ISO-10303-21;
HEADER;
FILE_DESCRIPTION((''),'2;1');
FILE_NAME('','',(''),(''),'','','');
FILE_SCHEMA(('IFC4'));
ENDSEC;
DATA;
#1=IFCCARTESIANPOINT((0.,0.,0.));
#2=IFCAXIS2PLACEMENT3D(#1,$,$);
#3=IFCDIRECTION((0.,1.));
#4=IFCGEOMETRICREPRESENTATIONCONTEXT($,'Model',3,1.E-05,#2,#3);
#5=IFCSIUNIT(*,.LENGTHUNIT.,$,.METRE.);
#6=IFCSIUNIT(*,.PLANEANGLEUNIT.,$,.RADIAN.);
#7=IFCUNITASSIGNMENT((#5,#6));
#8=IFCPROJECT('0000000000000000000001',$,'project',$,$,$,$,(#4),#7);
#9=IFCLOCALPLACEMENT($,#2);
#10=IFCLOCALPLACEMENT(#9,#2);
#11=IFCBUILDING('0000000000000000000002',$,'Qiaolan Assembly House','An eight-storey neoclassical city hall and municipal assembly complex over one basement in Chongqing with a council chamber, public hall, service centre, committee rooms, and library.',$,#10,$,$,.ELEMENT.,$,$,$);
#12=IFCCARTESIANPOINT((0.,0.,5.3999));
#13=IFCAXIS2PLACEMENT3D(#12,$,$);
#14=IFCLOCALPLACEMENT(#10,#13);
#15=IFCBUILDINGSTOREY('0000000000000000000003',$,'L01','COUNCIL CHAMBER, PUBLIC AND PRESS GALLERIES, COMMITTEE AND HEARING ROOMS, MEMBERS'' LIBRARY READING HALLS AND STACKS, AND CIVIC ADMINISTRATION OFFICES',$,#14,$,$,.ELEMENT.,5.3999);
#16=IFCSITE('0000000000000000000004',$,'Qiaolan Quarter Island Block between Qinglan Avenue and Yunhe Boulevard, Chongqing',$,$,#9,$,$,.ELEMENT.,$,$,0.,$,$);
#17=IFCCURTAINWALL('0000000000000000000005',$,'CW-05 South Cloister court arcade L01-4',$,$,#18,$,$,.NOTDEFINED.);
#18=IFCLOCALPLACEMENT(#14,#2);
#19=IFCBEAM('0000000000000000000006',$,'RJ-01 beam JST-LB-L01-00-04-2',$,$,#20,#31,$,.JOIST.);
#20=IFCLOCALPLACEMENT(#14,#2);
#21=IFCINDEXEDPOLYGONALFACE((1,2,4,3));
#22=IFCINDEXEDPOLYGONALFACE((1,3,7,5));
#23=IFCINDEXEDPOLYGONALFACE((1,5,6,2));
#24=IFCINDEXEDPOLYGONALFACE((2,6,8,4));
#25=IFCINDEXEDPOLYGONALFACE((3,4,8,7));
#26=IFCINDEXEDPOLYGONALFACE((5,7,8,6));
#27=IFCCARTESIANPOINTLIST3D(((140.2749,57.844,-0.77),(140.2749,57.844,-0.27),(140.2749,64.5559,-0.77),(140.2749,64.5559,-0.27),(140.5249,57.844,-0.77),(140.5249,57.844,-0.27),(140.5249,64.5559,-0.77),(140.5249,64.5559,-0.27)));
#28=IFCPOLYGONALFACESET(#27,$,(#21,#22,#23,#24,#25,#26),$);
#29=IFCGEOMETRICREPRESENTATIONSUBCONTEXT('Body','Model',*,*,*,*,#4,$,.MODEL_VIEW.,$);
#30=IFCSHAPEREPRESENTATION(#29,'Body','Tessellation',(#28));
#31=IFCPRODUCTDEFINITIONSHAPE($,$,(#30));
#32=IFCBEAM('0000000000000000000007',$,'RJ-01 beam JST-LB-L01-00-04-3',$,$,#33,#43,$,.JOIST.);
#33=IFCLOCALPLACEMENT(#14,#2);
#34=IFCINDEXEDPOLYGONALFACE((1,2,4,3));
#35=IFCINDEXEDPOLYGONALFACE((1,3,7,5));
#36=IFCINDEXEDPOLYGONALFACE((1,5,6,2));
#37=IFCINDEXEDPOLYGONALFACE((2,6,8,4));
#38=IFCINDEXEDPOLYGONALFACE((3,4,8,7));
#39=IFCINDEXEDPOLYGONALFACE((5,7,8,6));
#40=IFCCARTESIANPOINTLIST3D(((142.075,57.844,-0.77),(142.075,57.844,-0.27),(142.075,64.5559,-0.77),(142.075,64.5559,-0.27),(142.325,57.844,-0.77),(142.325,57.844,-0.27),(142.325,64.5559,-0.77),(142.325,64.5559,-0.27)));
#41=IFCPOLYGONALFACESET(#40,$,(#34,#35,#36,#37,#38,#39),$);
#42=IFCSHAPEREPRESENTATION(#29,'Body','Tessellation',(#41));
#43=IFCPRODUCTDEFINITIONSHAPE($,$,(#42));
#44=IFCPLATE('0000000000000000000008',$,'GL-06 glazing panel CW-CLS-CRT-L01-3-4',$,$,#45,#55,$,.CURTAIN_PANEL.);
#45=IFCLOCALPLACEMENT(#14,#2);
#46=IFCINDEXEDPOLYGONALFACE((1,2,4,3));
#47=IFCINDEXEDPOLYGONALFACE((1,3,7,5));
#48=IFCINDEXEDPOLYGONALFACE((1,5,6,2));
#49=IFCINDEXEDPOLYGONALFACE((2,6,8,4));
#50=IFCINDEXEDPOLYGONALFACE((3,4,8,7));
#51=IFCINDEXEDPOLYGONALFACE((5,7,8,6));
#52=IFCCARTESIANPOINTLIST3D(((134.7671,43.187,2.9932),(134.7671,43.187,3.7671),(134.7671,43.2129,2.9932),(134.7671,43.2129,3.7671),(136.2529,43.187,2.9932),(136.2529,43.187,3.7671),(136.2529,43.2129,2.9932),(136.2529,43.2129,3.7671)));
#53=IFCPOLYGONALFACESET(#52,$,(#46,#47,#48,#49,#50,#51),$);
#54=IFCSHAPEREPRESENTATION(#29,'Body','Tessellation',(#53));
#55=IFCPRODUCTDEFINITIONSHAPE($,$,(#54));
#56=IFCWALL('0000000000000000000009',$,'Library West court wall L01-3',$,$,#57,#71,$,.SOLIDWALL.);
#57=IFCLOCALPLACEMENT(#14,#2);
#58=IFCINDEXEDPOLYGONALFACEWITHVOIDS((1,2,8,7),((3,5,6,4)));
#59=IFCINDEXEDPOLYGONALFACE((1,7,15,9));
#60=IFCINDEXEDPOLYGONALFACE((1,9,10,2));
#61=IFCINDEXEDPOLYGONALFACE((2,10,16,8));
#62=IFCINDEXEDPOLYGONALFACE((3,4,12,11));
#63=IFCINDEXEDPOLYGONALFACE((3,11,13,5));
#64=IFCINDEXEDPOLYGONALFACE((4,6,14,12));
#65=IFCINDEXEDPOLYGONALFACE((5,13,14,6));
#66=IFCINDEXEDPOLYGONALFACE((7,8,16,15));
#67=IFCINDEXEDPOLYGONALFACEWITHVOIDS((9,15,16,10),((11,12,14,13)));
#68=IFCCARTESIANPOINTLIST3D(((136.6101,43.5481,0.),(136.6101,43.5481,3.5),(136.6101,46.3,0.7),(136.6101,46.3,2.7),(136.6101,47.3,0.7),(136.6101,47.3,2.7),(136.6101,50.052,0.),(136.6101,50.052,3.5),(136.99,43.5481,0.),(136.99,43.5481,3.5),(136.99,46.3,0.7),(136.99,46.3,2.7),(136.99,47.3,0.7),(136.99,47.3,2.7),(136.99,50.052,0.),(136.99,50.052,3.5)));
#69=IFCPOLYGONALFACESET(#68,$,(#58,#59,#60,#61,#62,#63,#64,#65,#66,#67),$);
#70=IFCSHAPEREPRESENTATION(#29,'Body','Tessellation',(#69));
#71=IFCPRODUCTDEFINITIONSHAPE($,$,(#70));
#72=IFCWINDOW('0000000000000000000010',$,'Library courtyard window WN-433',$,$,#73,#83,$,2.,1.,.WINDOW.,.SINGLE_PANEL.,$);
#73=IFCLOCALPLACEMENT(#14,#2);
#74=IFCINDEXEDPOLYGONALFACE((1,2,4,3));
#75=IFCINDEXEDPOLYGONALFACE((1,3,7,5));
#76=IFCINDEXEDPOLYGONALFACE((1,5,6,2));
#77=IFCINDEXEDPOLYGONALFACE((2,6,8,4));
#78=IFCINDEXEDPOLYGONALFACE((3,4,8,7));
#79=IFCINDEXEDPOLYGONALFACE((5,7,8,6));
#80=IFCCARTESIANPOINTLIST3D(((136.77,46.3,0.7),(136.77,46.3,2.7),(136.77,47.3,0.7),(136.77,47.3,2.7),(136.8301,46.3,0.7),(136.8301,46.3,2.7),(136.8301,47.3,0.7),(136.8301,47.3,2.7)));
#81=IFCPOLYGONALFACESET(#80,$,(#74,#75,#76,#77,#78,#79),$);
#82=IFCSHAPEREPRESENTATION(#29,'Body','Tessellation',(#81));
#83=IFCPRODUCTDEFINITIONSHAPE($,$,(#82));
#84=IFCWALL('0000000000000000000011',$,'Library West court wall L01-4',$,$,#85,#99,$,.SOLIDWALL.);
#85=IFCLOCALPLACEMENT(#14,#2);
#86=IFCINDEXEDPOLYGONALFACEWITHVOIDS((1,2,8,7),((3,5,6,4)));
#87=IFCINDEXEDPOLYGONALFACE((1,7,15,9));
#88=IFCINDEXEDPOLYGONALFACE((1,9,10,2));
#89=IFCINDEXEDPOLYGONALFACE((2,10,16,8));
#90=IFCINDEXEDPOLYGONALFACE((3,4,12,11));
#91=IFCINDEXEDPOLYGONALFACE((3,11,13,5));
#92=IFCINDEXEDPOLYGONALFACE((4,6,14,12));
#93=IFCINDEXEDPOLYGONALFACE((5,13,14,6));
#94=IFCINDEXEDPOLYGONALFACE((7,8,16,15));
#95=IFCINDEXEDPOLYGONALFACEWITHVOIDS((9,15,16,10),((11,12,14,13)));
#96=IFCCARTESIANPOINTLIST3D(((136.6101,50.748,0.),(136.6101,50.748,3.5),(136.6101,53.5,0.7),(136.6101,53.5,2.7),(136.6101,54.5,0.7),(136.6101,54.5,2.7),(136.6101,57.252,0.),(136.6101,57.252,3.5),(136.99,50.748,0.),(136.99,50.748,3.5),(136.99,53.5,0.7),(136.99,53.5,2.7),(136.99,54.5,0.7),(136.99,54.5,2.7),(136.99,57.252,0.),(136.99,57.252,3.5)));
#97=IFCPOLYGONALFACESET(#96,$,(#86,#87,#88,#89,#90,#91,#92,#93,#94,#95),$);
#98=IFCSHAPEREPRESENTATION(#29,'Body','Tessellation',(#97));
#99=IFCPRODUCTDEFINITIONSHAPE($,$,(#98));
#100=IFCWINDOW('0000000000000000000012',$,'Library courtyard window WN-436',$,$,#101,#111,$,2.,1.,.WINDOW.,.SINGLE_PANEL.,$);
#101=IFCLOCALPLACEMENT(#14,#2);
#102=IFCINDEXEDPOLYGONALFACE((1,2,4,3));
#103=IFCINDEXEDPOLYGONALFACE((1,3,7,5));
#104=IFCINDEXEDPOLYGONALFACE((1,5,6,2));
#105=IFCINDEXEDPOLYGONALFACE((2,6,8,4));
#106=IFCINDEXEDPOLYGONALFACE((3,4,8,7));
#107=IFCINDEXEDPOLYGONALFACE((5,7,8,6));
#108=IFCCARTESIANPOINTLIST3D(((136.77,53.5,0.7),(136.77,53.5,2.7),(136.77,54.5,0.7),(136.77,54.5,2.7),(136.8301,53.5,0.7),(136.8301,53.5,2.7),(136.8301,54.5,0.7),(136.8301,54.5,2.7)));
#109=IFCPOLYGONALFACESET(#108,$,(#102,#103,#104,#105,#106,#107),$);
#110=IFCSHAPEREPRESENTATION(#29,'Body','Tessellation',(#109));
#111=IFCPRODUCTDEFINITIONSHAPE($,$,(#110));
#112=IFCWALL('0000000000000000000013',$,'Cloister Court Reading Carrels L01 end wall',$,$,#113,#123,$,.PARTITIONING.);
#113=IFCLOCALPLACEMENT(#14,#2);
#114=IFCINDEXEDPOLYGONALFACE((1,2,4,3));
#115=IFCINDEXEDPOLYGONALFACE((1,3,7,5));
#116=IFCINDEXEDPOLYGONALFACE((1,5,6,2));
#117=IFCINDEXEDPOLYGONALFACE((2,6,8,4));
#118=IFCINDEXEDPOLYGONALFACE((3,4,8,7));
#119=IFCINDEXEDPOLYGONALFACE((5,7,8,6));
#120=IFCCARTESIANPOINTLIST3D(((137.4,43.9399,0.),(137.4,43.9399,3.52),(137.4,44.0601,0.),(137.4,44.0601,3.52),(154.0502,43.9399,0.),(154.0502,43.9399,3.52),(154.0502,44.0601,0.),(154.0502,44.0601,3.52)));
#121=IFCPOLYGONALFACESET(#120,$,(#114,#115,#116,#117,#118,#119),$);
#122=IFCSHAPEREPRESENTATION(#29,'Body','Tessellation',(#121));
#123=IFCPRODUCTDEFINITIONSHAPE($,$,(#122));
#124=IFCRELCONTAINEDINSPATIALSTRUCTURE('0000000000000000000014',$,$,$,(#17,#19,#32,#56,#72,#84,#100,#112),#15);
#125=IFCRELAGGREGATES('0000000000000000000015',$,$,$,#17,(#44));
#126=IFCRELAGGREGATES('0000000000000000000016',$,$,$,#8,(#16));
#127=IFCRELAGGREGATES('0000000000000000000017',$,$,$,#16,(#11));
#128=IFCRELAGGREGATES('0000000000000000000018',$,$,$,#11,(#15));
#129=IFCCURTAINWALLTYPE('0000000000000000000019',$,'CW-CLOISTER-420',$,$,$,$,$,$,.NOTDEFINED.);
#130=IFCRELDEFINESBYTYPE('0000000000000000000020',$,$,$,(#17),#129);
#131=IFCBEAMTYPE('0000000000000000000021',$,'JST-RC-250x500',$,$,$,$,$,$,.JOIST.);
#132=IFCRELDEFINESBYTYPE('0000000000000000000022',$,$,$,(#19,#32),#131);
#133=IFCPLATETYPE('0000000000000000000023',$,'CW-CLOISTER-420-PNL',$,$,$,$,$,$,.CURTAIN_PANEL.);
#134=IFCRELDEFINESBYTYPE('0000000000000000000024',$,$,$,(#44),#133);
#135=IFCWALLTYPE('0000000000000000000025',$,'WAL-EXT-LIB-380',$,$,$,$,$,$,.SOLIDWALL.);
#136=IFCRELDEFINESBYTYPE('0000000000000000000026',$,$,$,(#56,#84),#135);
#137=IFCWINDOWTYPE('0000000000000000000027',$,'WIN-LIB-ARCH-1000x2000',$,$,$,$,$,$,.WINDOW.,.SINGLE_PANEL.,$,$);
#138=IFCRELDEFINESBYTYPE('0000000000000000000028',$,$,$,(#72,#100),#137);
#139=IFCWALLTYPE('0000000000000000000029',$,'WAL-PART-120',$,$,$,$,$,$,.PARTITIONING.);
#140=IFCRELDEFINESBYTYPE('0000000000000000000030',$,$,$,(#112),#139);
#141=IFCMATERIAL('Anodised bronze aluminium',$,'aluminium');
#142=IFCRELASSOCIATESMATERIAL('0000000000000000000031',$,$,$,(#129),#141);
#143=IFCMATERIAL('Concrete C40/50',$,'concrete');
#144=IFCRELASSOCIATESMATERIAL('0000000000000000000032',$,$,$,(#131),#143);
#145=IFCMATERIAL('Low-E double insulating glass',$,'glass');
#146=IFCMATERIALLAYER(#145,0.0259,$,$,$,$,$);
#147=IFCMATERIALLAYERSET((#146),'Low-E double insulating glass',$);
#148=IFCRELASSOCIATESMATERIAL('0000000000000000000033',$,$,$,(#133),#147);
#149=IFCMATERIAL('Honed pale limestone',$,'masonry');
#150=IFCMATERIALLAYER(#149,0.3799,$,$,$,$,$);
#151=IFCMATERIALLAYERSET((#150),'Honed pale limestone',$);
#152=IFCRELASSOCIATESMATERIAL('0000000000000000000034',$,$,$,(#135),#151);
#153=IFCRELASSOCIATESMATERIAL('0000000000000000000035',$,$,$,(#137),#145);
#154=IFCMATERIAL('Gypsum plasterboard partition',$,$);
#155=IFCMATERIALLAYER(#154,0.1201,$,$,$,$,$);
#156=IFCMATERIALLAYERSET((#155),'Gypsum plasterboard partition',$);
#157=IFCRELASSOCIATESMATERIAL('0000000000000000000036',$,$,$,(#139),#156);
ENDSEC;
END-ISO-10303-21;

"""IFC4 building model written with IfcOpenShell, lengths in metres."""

from ifc_helpers import new_model, si_unit, direction, frame, frame_2d, origin, origin_2d, place, context, subcontext, project, spatial, rectangle, extrude, material, layer, layer_set, material_profile, profile_set, type_object, element, fill, aggregate, save


model = new_model("IFC4")

# Units and contexts
model_context = context("Model", 3, precision=1e-05, world=origin(), true_north=direction((0.0, 1.0)))
body_context = subcontext(model_context, "Body", "Model", "MODEL_VIEW")
ifc_project = project(units=[si_unit("LENGTHUNIT", "METRE"), si_unit("PLANEANGLEUNIT", "RADIAN")], contexts=[model_context])

# Site, building, storey
site_placement = place(None, origin())
site = spatial("IfcSite", under=ifc_project, at=site_placement, Name="Qiaolan Quarter Island Block between Qinglan Avenue and Yunhe Boulevard, Chongqing", CompositionType="ELEMENT", RefElevation=0.0)
building_placement = place(site_placement, origin())
building = spatial("IfcBuilding", under=site, at=building_placement, Name="Qiaolan Assembly House", Description="An eight-storey neoclassical city hall and municipal assembly complex over one basement in Chongqing with a council chamber, public hall, service centre, committee rooms, and library.", CompositionType="ELEMENT")
storey_placement = place(building_placement, frame((0.0, 0.0, 5.3999)))
storey = spatial("IfcBuildingStorey", under=building, at=storey_placement, Name="L01", Description="COUNCIL CHAMBER, PUBLIC AND PRESS GALLERIES, COMMITTEE AND HEARING ROOMS, MEMBERS' LIBRARY READING HALLS AND STACKS, AND CIVIC ADMINISTRATION OFFICES", CompositionType="ELEMENT", Elevation=5.3999)

# Shared definitions
ifc_material_1 = material(Name="Concrete C40/50", Category="concrete")

# Curtain wall
ifc_material_2 = material(Name="Anodised bronze aluminium", Category="aluminium")
curtain_wall_type = type_object("IfcCurtainWallType", Name="CW-CLOISTER-420", PredefinedType="NOTDEFINED", material=ifc_material_2)
curtain_wall_placement = place(storey_placement, origin())
curtain_wall = element("IfcCurtainWall", 1, at=curtain_wall_placement, inside=storey, type_object=curtain_wall_type, Name="CW-05 South Cloister court arcade L01-4", PredefinedType="NOTDEFINED")

# Beams
ifc_material_profile_1 = material_profile(ifc_material_1, rectangle(XDim=0.25, YDim=0.5, at=origin_2d()), Name="RCB 250x500")
ifc_profile_set_1 = profile_set([ifc_material_profile_1], Name="Concrete C40/50")
beam_type_1 = type_object("IfcBeamType", Name="JST-RC-250x500", PredefinedType="JOIST", material=ifc_profile_set_1)
for number, where, z_axis, x_axis, name in (
    (2, (140.3999, 57.844, -0.52), (0.0, 1.0, 0.0), (-1.0, 0.0, 0.0), "RJ-01 beam JST-LB-L01-00-04-2"),
    (3, (142.2, 57.844, -0.52), (0.0, 1.0, 0.0), (-1.0, 0.0, 0.0), "RJ-01 beam JST-LB-L01-00-04-3"),
):
    element("IfcBeam", number, at=place(storey_placement, frame(where, z_axis=z_axis, x_axis=x_axis)), inside=storey, type_object=beam_type_1, Name=name, PredefinedType="JOIST", context=body_context, shape_type="SweptSolid", body=[
        extrude(rectangle(XDim=0.25, YDim=0.5, at=origin_2d()), origin(), (0.0, 0.0, 1.0), 6.7119),
    ])

# Plate
ifc_material_3 = material(Name="Low-E double insulating glass", Category="glass")
ifc_layer_1 = layer(ifc_material_3, 0.0259)
ifc_layer_set_1 = layer_set([ifc_layer_1], Name="Low-E double insulating glass")
plate_type = type_object("IfcPlateType", Name="CW-CLOISTER-420-PNL", PredefinedType="CURTAIN_PANEL", material=ifc_layer_set_1)
plate_placement = place(storey_placement, frame((136.2529, 43.2, 2.9932), z_axis=(0.0, 0.0, 1.0), x_axis=(-1.0, 0.0, 0.0)))
plate = element("IfcPlate", 4, at=plate_placement, type_object=plate_type, Name="GL-06 glazing panel CW-CLS-CRT-L01-3-4", PredefinedType="CURTAIN_PANEL", context=body_context, shape_type="SweptSolid", body=[
    extrude(rectangle(XDim=1.4858, YDim=0.0259, at=frame_2d((0.7429, 0.0))), origin(), (0.0, 0.0, 1.0), 0.7739),
])
aggregate(curtain_wall, [plate])

# Walls, openings, windows
ifc_material_4 = material(Name="Honed pale limestone", Category="masonry")
ifc_layer_2 = layer(ifc_material_4, 0.3799)
ifc_layer_set_2 = layer_set([ifc_layer_2], Name="Honed pale limestone")
wall_type_1 = type_object("IfcWallType", Name="WAL-EXT-LIB-380", PredefinedType="SOLIDWALL", material=ifc_layer_set_2)
wall_1_placement = place(storey_placement, frame((136.8, 43.5481, 0.0), z_axis=(0.0, 0.0, 1.0), x_axis=(0.0, 1.0, 0.0)))
wall_1 = element("IfcWall", 5, at=wall_1_placement, inside=storey, type_object=wall_type_1, Name="Library West court wall L01-3", PredefinedType="SOLIDWALL", context=body_context, shape_type="SweptSolid", body=[
    extrude(rectangle(XDim=6.5039, YDim=0.3799, at=frame_2d((3.252, 0.0))), origin(), (0.0, 0.0, 1.0), 3.5),
])
opening_1_placement = place(wall_1_placement, frame((2.752, 0.0, 0.7)))
opening_1 = element("IfcOpeningElement", 6, at=opening_1_placement, cuts=wall_1, PredefinedType="OPENING", context=body_context, shape_type="SweptSolid", body=[
    extrude(rectangle(XDim=1.0, YDim=2.0, at=frame_2d((0.5, 1.0))), frame((0.0, 0.2, 0.0), z_axis=(0.0, -1.0, 0.0), x_axis=(1.0, 0.0, 0.0)), (0.0, 0.0, 1.0), 0.3999),
])
window_type = type_object("IfcWindowType", Name="WIN-LIB-ARCH-1000x2000", PartitioningType="SINGLE_PANEL", PredefinedType="WINDOW", material=ifc_material_3)
window_1_placement = place(opening_1_placement, origin())
window_1 = element("IfcWindow", 7, at=window_1_placement, inside=storey, type_object=window_type, Name="Library courtyard window WN-433", OverallHeight=2.0, OverallWidth=1.0, PartitioningType="SINGLE_PANEL", PredefinedType="WINDOW", context=body_context, shape_type="SweptSolid", body=[
    extrude(rectangle(XDim=1.0, YDim=2.0, at=frame_2d((0.5, 1.0))), frame((0.0, 0.03, 0.0), z_axis=(0.0, -1.0, 0.0), x_axis=(1.0, 0.0, 0.0)), (0.0, 0.0, 1.0), 0.0601),
])
fill(opening_1, window_1)
wall_2_placement = place(storey_placement, frame((136.8, 50.748, 0.0), z_axis=(0.0, 0.0, 1.0), x_axis=(0.0, 1.0, 0.0)))
wall_2 = element("IfcWall", 8, at=wall_2_placement, inside=storey, type_object=wall_type_1, Name="Library West court wall L01-4", PredefinedType="SOLIDWALL", context=body_context, shape_type="SweptSolid", body=[
    extrude(rectangle(XDim=6.5039, YDim=0.3799, at=frame_2d((3.252, 0.0))), origin(), (0.0, 0.0, 1.0), 3.5),
])
opening_2_placement = place(wall_2_placement, frame((2.752, 0.0, 0.7)))
opening_2 = element("IfcOpeningElement", 9, at=opening_2_placement, cuts=wall_2, PredefinedType="OPENING", context=body_context, shape_type="SweptSolid", body=[
    extrude(rectangle(XDim=1.0, YDim=2.0, at=frame_2d((0.5, 1.0))), frame((0.0, 0.2, 0.0), z_axis=(0.0, -1.0, 0.0), x_axis=(1.0, 0.0, 0.0)), (0.0, 0.0, 1.0), 0.3999),
])
window_2_placement = place(opening_2_placement, origin())
window_2 = element("IfcWindow", 10, at=window_2_placement, inside=storey, type_object=window_type, Name="Library courtyard window WN-436", OverallHeight=2.0, OverallWidth=1.0, PartitioningType="SINGLE_PANEL", PredefinedType="WINDOW", context=body_context, shape_type="SweptSolid", body=[
    extrude(rectangle(XDim=1.0, YDim=2.0, at=frame_2d((0.5, 1.0))), frame((0.0, 0.03, 0.0), z_axis=(0.0, -1.0, 0.0), x_axis=(1.0, 0.0, 0.0)), (0.0, 0.0, 1.0), 0.0601),
])
fill(opening_2, window_2)

# Wall
ifc_material_5 = material(Name="Gypsum plasterboard partition")
ifc_layer_3 = layer(ifc_material_5, 0.1201)
ifc_layer_set_3 = layer_set([ifc_layer_3], Name="Gypsum plasterboard partition")
wall_type_2 = type_object("IfcWallType", Name="WAL-PART-120", PredefinedType="PARTITIONING", material=ifc_layer_set_3)
wall_3_placement = place(storey_placement, frame((137.3999, 44.0, 0.0), z_axis=(0.0, 0.0, 1.0), x_axis=(1.0, 0.0, 0.0)))
element("IfcWall", 11, at=wall_3_placement, inside=storey, type_object=wall_type_2, Name="Cloister Court Reading Carrels L01 end wall", PredefinedType="PARTITIONING", context=body_context, shape_type="SweptSolid", body=[
    extrude(rectangle(XDim=16.6501, YDim=0.1201, at=frame_2d((8.3252, 0.0))), origin(), (0.0, 0.0, 1.0), 3.52),
])

save(model, "model.ifc")
